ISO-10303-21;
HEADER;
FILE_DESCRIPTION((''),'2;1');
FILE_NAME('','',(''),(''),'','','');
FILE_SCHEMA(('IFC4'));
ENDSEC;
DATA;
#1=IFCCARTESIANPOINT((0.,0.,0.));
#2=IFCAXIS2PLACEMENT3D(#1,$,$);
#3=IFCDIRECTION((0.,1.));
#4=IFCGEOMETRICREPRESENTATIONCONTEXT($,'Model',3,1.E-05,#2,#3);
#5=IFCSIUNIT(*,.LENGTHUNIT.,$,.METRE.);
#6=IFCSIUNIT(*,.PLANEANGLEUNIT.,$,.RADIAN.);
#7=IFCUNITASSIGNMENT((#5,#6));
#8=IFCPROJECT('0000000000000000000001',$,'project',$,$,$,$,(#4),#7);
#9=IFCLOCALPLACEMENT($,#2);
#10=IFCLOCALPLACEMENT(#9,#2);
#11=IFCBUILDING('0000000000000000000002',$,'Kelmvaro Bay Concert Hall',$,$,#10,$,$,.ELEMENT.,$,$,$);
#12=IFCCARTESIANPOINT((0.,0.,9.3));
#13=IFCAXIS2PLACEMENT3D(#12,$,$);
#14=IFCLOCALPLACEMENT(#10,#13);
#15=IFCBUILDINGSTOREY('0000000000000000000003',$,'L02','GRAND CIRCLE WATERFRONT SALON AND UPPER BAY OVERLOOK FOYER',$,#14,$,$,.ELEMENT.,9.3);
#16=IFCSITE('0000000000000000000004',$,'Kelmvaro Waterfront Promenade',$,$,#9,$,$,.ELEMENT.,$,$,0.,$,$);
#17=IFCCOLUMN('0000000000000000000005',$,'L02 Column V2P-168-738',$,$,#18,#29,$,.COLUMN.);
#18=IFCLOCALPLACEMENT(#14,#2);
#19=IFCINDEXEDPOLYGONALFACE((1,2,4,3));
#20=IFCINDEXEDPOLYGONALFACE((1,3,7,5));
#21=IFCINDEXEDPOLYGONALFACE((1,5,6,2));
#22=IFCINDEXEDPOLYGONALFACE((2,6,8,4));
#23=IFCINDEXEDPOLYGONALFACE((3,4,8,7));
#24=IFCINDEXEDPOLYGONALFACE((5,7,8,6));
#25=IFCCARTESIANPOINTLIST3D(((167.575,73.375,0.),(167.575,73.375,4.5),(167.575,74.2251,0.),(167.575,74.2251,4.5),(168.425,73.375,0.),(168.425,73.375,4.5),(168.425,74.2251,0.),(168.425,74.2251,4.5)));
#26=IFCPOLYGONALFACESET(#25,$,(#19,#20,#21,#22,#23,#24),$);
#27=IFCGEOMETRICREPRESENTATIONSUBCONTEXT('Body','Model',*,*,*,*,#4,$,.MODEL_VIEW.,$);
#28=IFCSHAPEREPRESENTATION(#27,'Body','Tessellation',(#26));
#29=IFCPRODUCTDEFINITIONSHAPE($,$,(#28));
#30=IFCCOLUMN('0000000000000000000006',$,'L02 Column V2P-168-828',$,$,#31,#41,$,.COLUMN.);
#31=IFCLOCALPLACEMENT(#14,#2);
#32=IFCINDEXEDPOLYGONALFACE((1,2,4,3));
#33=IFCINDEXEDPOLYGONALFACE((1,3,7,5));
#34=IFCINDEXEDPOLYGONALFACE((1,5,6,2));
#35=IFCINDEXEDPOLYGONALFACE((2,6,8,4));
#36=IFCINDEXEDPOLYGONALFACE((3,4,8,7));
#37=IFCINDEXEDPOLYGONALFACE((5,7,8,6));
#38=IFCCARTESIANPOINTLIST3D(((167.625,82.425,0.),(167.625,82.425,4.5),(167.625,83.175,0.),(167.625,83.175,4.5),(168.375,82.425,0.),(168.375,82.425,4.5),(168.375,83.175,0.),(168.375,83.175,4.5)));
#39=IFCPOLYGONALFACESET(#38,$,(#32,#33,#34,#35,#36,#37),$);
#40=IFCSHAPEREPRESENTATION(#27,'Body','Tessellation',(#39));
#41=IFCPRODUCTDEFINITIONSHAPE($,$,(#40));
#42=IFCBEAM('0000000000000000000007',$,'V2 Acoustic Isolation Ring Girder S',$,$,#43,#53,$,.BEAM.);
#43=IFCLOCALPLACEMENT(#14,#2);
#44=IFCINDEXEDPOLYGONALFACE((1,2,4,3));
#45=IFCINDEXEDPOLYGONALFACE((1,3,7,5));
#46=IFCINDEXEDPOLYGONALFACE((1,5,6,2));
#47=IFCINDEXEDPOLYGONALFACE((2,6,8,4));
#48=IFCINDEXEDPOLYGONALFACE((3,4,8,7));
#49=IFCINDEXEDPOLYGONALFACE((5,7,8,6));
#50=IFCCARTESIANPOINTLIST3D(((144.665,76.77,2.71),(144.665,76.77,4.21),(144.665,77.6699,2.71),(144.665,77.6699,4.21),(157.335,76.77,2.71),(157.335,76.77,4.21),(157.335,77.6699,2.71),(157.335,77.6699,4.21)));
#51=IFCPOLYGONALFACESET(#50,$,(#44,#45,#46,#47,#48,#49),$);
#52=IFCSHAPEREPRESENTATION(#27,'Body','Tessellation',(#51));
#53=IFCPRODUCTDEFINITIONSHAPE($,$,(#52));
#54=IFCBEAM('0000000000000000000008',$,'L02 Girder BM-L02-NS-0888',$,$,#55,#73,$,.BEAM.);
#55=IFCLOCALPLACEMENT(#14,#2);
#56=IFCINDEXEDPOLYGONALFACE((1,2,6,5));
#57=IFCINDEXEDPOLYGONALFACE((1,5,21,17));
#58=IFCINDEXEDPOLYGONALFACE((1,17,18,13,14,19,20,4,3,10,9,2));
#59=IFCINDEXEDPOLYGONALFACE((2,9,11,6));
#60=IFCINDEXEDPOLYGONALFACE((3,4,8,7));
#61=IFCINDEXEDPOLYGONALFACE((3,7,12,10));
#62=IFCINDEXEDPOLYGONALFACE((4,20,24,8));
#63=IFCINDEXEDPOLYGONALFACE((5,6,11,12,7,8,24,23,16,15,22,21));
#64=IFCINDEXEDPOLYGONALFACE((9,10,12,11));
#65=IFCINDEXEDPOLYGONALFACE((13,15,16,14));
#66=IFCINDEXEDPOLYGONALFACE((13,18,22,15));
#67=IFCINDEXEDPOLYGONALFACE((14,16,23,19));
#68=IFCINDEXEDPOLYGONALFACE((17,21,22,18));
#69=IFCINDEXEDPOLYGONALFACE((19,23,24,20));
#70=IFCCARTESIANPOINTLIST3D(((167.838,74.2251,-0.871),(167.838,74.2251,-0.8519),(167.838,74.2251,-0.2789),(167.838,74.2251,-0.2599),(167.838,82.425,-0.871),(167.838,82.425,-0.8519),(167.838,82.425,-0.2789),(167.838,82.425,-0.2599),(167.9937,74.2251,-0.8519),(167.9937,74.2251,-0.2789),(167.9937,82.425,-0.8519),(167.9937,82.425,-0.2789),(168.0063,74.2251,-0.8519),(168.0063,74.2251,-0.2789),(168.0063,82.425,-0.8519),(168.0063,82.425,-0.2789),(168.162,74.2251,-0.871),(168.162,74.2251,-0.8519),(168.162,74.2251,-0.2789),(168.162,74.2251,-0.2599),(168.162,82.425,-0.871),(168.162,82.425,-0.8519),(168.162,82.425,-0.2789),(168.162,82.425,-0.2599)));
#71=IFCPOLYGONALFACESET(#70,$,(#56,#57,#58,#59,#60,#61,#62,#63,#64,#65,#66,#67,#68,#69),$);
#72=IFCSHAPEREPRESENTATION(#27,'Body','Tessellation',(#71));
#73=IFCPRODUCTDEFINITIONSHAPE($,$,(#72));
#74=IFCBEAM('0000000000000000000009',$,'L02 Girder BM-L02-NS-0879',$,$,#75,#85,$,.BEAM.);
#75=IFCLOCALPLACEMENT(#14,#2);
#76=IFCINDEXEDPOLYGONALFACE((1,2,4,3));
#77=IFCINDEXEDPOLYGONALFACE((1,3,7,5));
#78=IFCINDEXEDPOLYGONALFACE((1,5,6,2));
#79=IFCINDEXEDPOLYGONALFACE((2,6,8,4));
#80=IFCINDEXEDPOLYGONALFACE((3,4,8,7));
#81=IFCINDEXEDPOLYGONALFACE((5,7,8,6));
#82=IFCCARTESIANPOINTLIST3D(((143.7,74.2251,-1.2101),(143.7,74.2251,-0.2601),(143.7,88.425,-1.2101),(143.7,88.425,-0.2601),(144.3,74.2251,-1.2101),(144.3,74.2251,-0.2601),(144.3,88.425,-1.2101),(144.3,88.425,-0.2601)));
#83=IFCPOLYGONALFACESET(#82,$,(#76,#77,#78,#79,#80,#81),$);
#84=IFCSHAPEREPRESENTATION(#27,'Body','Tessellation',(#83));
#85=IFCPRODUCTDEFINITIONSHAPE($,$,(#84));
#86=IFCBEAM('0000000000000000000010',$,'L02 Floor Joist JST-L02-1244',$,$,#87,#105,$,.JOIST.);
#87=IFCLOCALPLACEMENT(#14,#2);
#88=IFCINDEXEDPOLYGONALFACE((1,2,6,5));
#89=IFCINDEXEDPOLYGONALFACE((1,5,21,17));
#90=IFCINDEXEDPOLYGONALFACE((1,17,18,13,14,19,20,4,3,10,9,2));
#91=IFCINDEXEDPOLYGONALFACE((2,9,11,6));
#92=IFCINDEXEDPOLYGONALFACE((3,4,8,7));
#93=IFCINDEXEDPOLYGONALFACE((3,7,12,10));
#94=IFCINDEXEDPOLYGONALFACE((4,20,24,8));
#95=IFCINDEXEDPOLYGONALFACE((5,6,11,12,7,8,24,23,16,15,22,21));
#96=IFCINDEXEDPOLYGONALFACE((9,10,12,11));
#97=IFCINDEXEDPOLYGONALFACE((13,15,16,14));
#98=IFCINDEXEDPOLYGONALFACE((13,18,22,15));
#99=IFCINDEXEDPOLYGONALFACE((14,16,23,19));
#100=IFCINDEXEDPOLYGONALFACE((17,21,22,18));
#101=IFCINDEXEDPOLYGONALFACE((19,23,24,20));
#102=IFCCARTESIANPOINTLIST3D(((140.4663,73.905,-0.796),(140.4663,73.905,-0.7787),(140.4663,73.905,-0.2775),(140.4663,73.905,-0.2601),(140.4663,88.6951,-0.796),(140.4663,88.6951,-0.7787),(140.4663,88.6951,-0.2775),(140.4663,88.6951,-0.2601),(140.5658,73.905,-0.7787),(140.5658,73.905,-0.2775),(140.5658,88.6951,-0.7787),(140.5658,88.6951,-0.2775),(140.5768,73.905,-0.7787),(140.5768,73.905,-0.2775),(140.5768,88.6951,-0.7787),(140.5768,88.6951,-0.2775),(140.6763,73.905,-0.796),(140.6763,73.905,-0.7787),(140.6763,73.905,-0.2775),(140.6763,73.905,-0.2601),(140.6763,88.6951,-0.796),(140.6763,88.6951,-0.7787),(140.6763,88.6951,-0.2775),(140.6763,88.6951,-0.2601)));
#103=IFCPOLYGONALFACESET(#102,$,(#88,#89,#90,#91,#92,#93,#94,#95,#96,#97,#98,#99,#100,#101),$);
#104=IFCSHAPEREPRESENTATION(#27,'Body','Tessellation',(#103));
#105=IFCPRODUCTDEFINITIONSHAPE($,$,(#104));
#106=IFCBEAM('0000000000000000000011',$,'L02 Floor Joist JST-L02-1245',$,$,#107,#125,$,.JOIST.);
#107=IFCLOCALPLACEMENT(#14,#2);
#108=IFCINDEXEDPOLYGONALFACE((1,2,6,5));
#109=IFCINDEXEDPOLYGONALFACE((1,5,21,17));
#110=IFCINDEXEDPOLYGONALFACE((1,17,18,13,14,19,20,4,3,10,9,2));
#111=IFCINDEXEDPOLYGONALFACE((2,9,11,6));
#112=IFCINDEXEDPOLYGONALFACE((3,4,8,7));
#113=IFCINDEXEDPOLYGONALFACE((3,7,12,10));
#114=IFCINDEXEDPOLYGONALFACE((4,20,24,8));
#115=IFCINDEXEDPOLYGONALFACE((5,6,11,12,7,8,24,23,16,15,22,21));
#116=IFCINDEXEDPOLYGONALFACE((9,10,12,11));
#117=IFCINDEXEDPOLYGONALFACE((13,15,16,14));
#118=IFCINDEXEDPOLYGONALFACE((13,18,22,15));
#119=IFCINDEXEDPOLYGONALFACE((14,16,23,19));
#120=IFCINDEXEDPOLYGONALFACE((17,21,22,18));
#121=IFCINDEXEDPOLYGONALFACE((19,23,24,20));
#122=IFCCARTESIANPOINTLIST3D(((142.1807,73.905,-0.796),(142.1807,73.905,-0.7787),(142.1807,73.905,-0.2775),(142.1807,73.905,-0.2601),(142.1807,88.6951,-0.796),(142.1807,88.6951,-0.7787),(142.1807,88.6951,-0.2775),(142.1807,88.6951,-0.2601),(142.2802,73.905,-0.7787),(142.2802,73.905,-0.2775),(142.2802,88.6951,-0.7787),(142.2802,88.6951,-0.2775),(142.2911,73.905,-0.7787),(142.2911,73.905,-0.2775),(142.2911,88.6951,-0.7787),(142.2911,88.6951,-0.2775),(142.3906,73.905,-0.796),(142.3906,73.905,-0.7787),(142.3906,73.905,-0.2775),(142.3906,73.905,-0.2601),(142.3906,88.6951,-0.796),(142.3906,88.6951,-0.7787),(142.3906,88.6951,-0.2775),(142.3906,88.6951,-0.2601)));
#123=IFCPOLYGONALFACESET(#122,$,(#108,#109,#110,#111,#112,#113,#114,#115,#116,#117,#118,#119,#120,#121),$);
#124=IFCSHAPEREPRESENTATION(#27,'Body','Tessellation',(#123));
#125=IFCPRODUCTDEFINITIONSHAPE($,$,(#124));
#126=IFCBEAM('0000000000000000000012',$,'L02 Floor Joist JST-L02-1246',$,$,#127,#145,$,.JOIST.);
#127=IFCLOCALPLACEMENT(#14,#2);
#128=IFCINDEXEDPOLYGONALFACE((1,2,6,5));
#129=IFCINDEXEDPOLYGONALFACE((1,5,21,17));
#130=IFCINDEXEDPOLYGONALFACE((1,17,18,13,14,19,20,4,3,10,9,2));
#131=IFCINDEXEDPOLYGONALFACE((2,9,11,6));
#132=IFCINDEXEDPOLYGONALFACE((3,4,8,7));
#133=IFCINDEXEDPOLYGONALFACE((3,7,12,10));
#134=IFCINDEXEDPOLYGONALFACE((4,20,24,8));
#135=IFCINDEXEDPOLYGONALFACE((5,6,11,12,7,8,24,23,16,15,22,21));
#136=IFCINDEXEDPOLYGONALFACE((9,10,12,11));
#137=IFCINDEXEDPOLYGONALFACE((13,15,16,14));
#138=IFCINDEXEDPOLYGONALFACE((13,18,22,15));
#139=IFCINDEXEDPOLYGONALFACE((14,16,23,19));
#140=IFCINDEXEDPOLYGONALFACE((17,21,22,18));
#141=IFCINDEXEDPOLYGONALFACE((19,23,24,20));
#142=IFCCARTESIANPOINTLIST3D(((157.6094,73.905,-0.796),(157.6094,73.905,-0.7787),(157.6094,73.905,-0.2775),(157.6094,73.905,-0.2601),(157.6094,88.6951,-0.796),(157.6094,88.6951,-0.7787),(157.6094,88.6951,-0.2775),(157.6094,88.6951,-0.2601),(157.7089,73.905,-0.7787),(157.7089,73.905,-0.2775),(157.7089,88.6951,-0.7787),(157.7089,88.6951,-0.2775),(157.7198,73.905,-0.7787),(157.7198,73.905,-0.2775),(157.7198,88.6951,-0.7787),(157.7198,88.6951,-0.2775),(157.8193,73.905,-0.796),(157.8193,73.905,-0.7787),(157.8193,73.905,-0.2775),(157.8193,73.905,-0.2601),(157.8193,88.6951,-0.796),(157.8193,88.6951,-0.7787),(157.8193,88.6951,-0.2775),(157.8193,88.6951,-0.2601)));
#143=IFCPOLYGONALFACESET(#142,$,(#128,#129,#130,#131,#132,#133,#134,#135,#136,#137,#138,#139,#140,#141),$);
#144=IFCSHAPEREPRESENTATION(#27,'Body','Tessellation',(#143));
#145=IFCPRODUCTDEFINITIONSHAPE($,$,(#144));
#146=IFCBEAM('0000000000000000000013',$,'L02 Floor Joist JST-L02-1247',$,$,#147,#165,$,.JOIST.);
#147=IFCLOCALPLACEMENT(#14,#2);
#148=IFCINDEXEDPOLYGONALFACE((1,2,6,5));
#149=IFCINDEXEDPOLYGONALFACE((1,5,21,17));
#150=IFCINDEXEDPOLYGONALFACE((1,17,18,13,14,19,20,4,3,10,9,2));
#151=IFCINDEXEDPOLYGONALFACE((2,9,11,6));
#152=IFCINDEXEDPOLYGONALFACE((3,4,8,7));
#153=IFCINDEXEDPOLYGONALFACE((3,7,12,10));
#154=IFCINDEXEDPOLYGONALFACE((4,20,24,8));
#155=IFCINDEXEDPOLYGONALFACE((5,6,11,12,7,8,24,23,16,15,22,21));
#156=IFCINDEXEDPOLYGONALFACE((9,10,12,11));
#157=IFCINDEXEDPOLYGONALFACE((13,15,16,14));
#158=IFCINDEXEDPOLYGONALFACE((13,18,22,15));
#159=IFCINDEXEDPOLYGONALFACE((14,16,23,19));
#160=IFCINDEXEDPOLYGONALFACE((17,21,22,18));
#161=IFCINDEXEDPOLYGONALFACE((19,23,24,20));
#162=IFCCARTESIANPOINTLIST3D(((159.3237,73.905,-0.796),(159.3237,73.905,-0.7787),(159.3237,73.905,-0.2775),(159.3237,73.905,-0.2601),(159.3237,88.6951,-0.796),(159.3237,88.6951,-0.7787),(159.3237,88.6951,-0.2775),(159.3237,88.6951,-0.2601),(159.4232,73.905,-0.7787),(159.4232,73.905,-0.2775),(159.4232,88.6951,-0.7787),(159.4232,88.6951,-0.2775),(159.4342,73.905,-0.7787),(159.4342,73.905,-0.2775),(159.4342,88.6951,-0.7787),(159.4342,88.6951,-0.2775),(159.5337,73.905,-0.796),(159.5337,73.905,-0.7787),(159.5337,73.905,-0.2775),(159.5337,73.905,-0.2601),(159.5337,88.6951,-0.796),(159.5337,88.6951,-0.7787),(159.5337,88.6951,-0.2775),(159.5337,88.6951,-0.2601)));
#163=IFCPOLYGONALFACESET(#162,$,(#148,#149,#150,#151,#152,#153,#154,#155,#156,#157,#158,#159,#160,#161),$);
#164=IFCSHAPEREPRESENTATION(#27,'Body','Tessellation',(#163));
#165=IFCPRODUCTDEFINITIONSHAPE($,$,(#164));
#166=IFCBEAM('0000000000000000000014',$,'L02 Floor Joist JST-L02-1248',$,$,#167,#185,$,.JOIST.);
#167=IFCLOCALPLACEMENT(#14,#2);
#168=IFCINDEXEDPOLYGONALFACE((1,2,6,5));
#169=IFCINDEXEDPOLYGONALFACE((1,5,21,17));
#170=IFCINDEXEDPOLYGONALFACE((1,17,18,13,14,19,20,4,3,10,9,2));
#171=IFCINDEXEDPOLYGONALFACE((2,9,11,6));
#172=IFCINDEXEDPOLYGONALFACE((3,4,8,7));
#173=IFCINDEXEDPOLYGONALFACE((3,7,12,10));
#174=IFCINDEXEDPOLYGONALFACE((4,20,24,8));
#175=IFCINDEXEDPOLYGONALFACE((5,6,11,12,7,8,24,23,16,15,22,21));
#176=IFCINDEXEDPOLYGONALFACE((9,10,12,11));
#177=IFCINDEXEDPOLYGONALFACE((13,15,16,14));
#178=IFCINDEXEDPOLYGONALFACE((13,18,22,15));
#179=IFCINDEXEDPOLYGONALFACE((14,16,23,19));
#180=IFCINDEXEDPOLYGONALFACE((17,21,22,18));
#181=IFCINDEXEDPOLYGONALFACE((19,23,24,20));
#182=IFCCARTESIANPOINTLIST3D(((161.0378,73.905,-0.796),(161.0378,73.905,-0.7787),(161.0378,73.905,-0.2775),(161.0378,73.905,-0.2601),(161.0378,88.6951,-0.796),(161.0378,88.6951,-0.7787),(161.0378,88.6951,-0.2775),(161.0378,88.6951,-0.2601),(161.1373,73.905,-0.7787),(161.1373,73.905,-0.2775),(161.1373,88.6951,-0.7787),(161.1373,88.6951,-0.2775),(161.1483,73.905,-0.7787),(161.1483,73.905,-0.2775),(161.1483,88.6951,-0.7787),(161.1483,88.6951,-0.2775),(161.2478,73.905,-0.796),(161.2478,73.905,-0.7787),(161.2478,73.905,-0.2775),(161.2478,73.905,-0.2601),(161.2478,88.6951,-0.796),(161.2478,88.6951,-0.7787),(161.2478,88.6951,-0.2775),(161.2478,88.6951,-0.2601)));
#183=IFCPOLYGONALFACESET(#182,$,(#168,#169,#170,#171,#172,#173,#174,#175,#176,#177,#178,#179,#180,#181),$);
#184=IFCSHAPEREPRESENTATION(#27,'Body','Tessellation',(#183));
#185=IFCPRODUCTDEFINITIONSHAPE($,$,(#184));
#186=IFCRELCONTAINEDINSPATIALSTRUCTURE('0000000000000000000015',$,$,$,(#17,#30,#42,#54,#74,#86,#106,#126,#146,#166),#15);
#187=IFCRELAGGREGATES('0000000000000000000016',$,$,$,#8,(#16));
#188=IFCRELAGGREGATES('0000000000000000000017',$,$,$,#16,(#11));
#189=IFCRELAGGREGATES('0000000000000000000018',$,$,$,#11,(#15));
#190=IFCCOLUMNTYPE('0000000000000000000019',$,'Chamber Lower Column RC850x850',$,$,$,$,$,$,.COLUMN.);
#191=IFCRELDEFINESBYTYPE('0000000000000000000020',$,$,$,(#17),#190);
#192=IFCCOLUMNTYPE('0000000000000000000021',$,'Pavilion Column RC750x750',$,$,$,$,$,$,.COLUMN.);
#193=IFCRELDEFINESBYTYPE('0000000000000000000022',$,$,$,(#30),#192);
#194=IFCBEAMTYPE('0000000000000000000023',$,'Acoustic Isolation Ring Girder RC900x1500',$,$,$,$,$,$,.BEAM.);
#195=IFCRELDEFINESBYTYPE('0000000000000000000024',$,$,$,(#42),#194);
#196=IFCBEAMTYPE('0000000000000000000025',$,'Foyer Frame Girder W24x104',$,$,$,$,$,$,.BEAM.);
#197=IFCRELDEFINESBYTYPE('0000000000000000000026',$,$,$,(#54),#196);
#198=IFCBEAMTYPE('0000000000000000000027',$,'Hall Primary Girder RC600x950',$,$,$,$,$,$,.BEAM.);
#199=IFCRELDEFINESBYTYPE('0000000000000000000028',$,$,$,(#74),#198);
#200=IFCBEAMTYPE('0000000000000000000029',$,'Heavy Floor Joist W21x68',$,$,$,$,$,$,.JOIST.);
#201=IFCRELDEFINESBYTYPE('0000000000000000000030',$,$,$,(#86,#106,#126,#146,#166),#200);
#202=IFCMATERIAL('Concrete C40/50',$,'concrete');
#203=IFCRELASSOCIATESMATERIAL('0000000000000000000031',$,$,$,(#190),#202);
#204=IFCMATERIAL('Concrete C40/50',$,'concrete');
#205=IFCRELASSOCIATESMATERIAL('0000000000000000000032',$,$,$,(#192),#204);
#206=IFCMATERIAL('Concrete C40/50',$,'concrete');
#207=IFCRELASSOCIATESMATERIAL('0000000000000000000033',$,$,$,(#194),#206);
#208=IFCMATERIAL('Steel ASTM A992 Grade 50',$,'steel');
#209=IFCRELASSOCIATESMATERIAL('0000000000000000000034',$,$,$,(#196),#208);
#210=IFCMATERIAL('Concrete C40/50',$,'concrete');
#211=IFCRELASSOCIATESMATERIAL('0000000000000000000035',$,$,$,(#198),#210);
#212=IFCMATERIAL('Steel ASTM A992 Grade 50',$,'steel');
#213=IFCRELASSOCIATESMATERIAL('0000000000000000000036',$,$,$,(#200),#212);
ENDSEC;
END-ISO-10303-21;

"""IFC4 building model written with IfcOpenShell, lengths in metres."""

from ifc_helpers import new_model, si_unit, direction, frame, origin, origin_2d, place, context, subcontext, project, spatial, rectangle, i_section, extrude, material, material_profile, profile_set, type_object, element, save


model = new_model("IFC4")

# Units and contexts
model_context = context("Model", 3, precision=1e-05, world=origin(), true_north=direction((0.0, 1.0)))
body_context = subcontext(model_context, "Body", "Model", "MODEL_VIEW")
ifc_project = project(units=[si_unit("LENGTHUNIT", "METRE"), si_unit("PLANEANGLEUNIT", "RADIAN")], contexts=[model_context])

# Site, building, storey
site_placement = place(None, origin())
site = spatial("IfcSite", under=ifc_project, at=site_placement, Name="Kelmvaro Waterfront Promenade", CompositionType="ELEMENT", RefElevation=0.0)
building_placement = place(site_placement, origin())
building = spatial("IfcBuilding", under=site, at=building_placement, Name="Kelmvaro Bay Concert Hall", CompositionType="ELEMENT")
storey_placement = place(building_placement, frame((0.0, 0.0, 9.3)))
storey = spatial("IfcBuildingStorey", under=building, at=storey_placement, Name="L02", Description="GRAND CIRCLE WATERFRONT SALON AND UPPER BAY OVERLOOK FOYER", CompositionType="ELEMENT", Elevation=9.3)

# Columns
ifc_material_1 = material(Name="Concrete C40/50", Category="concrete")
ifc_material_profile_1 = material_profile(ifc_material_1, rectangle(XDim=0.8501, YDim=0.8501, at=origin_2d()), Name="RC-COL-850X850")
ifc_profile_set_1 = profile_set([ifc_material_profile_1], Name="Concrete C40/50")
column_type_1 = type_object("IfcColumnType", Name="Chamber Lower Column RC850x850", PredefinedType="COLUMN", material=ifc_profile_set_1)
column_1_placement = place(storey_placement, frame((168.0, 73.8, 0.0), z_axis=(0.0, 0.0, 1.0), x_axis=(1.0, 0.0, 0.0)))
element("IfcColumn", 1, at=column_1_placement, inside=storey, type_object=column_type_1, Name="L02 Column V2P-168-738", PredefinedType="COLUMN", context=body_context, shape_type="SweptSolid", body=[
    extrude(rectangle(XDim=0.8501, YDim=0.8501, at=origin_2d()), origin(), (0.0, 0.0, 1.0), 4.5),
])
ifc_material_2 = material(Name="Concrete C40/50", Category="concrete")
ifc_material_profile_2 = material_profile(ifc_material_2, rectangle(XDim=0.75, YDim=0.75, at=origin_2d()), Name="RC-COL-750X750")
ifc_profile_set_2 = profile_set([ifc_material_profile_2], Name="Concrete C40/50")
column_type_2 = type_object("IfcColumnType", Name="Pavilion Column RC750x750", PredefinedType="COLUMN", material=ifc_profile_set_2)
column_2_placement = place(storey_placement, frame((168.0, 82.8, 0.0), z_axis=(0.0, 0.0, 1.0), x_axis=(1.0, 0.0, 0.0)))
element("IfcColumn", 2, at=column_2_placement, inside=storey, type_object=column_type_2, Name="L02 Column V2P-168-828", PredefinedType="COLUMN", context=body_context, shape_type="SweptSolid", body=[
    extrude(rectangle(XDim=0.75, YDim=0.75, at=origin_2d()), origin(), (0.0, 0.0, 1.0), 4.5),
])

# Beams
ifc_material_3 = material(Name="Concrete C40/50", Category="concrete")
ifc_material_profile_3 = material_profile(ifc_material_3, rectangle(XDim=0.8999, YDim=1.5, at=origin_2d()), Name="RC-TRG-900X1500")
ifc_profile_set_3 = profile_set([ifc_material_profile_3], Name="Concrete C40/50")
beam_type_1 = type_object("IfcBeamType", Name="Acoustic Isolation Ring Girder RC900x1500", PredefinedType="BEAM", material=ifc_profile_set_3)
beam_1_placement = place(storey_placement, frame((144.665, 77.22, 3.46), z_axis=(1.0, 0.0, 0.0), x_axis=(0.0, 1.0, 0.0)))
element("IfcBeam", 3, at=beam_1_placement, inside=storey, type_object=beam_type_1, Name="V2 Acoustic Isolation Ring Girder S", PredefinedType="BEAM", context=body_context, shape_type="SweptSolid", body=[
    extrude(rectangle(XDim=0.8999, YDim=1.5, at=origin_2d()), origin(), (0.0, 0.0, 1.0), 12.6699),
])
ifc_material_4 = material(Name="Steel ASTM A992 Grade 50", Category="steel")
ifc_material_profile_4 = material_profile(ifc_material_4, i_section(OverallWidth=0.324, OverallDepth=0.6111, WebThickness=0.0127, FlangeThickness=0.019, at=origin_2d()), Name="W24X104")
ifc_profile_set_4 = profile_set([ifc_material_profile_4], Name="Steel ASTM A992 Grade 50")
beam_type_2 = type_object("IfcBeamType", Name="Foyer Frame Girder W24x104", PredefinedType="BEAM", material=ifc_profile_set_4)
beam_2_placement = place(storey_placement, frame((168.0, 74.2251, -0.5654), z_axis=(0.0, 1.0, 0.0), x_axis=(-1.0, 0.0, 0.0)))
element("IfcBeam", 4, at=beam_2_placement, inside=storey, type_object=beam_type_2, Name="L02 Girder BM-L02-NS-0888", PredefinedType="BEAM", context=body_context, shape_type="SweptSolid", body=[
    extrude(i_section(OverallWidth=0.324, OverallDepth=0.6111, WebThickness=0.0127, FlangeThickness=0.019, at=origin_2d()), origin(), (0.0, 0.0, 1.0), 8.2),
])
ifc_material_5 = material(Name="Concrete C40/50", Category="concrete")
ifc_material_profile_5 = material_profile(ifc_material_5, rectangle(XDim=0.6001, YDim=0.95, at=origin_2d()), Name="RC-BM-600X950")
ifc_profile_set_5 = profile_set([ifc_material_profile_5], Name="Concrete C40/50")
beam_type_3 = type_object("IfcBeamType", Name="Hall Primary Girder RC600x950", PredefinedType="BEAM", material=ifc_profile_set_5)
beam_3_placement = place(storey_placement, frame((144.0, 74.2251, -0.7351), z_axis=(0.0, 1.0, 0.0), x_axis=(-1.0, 0.0, 0.0)))
element("IfcBeam", 5, at=beam_3_placement, inside=storey, type_object=beam_type_3, Name="L02 Girder BM-L02-NS-0879", PredefinedType="BEAM", context=body_context, shape_type="SweptSolid", body=[
    extrude(rectangle(XDim=0.6001, YDim=0.95, at=origin_2d()), origin(), (0.0, 0.0, 1.0), 14.2),
])
ifc_material_6 = material(Name="Steel ASTM A992 Grade 50", Category="steel")
ifc_material_profile_6 = material_profile(ifc_material_6, i_section(OverallWidth=0.21, OverallDepth=0.5359, WebThickness=0.011, FlangeThickness=0.0173, at=origin_2d()), Name="W21X68")
ifc_profile_set_6 = profile_set([ifc_material_profile_6], Name="Steel ASTM A992 Grade 50")
beam_type_4 = type_object("IfcBeamType", Name="Heavy Floor Joist W21x68", PredefinedType="JOIST", material=ifc_profile_set_6)
for number, where, z_axis, x_axis, name in (
    (6, (140.5713, 73.905, -0.5281), (0.0, 1.0, 0.0), (-1.0, 0.0, 0.0), "L02 Floor Joist JST-L02-1244"),
    (7, (142.2856, 73.905, -0.5281), (0.0, 1.0, 0.0), (-1.0, 0.0, 0.0), "L02 Floor Joist JST-L02-1245"),
    (8, (157.7144, 73.905, -0.5281), (0.0, 1.0, 0.0), (-1.0, 0.0, 0.0), "L02 Floor Joist JST-L02-1246"),
    (9, (159.4287, 73.905, -0.5281), (0.0, 1.0, 0.0), (-1.0, 0.0, 0.0), "L02 Floor Joist JST-L02-1247"),
    (10, (161.1428, 73.905, -0.5281), (0.0, 1.0, 0.0), (-1.0, 0.0, 0.0), "L02 Floor Joist JST-L02-1248"),
):
    element("IfcBeam", number, at=place(storey_placement, frame(where, z_axis=z_axis, x_axis=x_axis)), inside=storey, type_object=beam_type_4, Name=name, PredefinedType="JOIST", context=body_context, shape_type="SweptSolid", body=[
        extrude(i_section(OverallWidth=0.21, OverallDepth=0.5359, WebThickness=0.011, FlangeThickness=0.0173, at=origin_2d()), origin(), (0.0, 0.0, 1.0), 14.79),
    ])

save(model, "model.ifc")
